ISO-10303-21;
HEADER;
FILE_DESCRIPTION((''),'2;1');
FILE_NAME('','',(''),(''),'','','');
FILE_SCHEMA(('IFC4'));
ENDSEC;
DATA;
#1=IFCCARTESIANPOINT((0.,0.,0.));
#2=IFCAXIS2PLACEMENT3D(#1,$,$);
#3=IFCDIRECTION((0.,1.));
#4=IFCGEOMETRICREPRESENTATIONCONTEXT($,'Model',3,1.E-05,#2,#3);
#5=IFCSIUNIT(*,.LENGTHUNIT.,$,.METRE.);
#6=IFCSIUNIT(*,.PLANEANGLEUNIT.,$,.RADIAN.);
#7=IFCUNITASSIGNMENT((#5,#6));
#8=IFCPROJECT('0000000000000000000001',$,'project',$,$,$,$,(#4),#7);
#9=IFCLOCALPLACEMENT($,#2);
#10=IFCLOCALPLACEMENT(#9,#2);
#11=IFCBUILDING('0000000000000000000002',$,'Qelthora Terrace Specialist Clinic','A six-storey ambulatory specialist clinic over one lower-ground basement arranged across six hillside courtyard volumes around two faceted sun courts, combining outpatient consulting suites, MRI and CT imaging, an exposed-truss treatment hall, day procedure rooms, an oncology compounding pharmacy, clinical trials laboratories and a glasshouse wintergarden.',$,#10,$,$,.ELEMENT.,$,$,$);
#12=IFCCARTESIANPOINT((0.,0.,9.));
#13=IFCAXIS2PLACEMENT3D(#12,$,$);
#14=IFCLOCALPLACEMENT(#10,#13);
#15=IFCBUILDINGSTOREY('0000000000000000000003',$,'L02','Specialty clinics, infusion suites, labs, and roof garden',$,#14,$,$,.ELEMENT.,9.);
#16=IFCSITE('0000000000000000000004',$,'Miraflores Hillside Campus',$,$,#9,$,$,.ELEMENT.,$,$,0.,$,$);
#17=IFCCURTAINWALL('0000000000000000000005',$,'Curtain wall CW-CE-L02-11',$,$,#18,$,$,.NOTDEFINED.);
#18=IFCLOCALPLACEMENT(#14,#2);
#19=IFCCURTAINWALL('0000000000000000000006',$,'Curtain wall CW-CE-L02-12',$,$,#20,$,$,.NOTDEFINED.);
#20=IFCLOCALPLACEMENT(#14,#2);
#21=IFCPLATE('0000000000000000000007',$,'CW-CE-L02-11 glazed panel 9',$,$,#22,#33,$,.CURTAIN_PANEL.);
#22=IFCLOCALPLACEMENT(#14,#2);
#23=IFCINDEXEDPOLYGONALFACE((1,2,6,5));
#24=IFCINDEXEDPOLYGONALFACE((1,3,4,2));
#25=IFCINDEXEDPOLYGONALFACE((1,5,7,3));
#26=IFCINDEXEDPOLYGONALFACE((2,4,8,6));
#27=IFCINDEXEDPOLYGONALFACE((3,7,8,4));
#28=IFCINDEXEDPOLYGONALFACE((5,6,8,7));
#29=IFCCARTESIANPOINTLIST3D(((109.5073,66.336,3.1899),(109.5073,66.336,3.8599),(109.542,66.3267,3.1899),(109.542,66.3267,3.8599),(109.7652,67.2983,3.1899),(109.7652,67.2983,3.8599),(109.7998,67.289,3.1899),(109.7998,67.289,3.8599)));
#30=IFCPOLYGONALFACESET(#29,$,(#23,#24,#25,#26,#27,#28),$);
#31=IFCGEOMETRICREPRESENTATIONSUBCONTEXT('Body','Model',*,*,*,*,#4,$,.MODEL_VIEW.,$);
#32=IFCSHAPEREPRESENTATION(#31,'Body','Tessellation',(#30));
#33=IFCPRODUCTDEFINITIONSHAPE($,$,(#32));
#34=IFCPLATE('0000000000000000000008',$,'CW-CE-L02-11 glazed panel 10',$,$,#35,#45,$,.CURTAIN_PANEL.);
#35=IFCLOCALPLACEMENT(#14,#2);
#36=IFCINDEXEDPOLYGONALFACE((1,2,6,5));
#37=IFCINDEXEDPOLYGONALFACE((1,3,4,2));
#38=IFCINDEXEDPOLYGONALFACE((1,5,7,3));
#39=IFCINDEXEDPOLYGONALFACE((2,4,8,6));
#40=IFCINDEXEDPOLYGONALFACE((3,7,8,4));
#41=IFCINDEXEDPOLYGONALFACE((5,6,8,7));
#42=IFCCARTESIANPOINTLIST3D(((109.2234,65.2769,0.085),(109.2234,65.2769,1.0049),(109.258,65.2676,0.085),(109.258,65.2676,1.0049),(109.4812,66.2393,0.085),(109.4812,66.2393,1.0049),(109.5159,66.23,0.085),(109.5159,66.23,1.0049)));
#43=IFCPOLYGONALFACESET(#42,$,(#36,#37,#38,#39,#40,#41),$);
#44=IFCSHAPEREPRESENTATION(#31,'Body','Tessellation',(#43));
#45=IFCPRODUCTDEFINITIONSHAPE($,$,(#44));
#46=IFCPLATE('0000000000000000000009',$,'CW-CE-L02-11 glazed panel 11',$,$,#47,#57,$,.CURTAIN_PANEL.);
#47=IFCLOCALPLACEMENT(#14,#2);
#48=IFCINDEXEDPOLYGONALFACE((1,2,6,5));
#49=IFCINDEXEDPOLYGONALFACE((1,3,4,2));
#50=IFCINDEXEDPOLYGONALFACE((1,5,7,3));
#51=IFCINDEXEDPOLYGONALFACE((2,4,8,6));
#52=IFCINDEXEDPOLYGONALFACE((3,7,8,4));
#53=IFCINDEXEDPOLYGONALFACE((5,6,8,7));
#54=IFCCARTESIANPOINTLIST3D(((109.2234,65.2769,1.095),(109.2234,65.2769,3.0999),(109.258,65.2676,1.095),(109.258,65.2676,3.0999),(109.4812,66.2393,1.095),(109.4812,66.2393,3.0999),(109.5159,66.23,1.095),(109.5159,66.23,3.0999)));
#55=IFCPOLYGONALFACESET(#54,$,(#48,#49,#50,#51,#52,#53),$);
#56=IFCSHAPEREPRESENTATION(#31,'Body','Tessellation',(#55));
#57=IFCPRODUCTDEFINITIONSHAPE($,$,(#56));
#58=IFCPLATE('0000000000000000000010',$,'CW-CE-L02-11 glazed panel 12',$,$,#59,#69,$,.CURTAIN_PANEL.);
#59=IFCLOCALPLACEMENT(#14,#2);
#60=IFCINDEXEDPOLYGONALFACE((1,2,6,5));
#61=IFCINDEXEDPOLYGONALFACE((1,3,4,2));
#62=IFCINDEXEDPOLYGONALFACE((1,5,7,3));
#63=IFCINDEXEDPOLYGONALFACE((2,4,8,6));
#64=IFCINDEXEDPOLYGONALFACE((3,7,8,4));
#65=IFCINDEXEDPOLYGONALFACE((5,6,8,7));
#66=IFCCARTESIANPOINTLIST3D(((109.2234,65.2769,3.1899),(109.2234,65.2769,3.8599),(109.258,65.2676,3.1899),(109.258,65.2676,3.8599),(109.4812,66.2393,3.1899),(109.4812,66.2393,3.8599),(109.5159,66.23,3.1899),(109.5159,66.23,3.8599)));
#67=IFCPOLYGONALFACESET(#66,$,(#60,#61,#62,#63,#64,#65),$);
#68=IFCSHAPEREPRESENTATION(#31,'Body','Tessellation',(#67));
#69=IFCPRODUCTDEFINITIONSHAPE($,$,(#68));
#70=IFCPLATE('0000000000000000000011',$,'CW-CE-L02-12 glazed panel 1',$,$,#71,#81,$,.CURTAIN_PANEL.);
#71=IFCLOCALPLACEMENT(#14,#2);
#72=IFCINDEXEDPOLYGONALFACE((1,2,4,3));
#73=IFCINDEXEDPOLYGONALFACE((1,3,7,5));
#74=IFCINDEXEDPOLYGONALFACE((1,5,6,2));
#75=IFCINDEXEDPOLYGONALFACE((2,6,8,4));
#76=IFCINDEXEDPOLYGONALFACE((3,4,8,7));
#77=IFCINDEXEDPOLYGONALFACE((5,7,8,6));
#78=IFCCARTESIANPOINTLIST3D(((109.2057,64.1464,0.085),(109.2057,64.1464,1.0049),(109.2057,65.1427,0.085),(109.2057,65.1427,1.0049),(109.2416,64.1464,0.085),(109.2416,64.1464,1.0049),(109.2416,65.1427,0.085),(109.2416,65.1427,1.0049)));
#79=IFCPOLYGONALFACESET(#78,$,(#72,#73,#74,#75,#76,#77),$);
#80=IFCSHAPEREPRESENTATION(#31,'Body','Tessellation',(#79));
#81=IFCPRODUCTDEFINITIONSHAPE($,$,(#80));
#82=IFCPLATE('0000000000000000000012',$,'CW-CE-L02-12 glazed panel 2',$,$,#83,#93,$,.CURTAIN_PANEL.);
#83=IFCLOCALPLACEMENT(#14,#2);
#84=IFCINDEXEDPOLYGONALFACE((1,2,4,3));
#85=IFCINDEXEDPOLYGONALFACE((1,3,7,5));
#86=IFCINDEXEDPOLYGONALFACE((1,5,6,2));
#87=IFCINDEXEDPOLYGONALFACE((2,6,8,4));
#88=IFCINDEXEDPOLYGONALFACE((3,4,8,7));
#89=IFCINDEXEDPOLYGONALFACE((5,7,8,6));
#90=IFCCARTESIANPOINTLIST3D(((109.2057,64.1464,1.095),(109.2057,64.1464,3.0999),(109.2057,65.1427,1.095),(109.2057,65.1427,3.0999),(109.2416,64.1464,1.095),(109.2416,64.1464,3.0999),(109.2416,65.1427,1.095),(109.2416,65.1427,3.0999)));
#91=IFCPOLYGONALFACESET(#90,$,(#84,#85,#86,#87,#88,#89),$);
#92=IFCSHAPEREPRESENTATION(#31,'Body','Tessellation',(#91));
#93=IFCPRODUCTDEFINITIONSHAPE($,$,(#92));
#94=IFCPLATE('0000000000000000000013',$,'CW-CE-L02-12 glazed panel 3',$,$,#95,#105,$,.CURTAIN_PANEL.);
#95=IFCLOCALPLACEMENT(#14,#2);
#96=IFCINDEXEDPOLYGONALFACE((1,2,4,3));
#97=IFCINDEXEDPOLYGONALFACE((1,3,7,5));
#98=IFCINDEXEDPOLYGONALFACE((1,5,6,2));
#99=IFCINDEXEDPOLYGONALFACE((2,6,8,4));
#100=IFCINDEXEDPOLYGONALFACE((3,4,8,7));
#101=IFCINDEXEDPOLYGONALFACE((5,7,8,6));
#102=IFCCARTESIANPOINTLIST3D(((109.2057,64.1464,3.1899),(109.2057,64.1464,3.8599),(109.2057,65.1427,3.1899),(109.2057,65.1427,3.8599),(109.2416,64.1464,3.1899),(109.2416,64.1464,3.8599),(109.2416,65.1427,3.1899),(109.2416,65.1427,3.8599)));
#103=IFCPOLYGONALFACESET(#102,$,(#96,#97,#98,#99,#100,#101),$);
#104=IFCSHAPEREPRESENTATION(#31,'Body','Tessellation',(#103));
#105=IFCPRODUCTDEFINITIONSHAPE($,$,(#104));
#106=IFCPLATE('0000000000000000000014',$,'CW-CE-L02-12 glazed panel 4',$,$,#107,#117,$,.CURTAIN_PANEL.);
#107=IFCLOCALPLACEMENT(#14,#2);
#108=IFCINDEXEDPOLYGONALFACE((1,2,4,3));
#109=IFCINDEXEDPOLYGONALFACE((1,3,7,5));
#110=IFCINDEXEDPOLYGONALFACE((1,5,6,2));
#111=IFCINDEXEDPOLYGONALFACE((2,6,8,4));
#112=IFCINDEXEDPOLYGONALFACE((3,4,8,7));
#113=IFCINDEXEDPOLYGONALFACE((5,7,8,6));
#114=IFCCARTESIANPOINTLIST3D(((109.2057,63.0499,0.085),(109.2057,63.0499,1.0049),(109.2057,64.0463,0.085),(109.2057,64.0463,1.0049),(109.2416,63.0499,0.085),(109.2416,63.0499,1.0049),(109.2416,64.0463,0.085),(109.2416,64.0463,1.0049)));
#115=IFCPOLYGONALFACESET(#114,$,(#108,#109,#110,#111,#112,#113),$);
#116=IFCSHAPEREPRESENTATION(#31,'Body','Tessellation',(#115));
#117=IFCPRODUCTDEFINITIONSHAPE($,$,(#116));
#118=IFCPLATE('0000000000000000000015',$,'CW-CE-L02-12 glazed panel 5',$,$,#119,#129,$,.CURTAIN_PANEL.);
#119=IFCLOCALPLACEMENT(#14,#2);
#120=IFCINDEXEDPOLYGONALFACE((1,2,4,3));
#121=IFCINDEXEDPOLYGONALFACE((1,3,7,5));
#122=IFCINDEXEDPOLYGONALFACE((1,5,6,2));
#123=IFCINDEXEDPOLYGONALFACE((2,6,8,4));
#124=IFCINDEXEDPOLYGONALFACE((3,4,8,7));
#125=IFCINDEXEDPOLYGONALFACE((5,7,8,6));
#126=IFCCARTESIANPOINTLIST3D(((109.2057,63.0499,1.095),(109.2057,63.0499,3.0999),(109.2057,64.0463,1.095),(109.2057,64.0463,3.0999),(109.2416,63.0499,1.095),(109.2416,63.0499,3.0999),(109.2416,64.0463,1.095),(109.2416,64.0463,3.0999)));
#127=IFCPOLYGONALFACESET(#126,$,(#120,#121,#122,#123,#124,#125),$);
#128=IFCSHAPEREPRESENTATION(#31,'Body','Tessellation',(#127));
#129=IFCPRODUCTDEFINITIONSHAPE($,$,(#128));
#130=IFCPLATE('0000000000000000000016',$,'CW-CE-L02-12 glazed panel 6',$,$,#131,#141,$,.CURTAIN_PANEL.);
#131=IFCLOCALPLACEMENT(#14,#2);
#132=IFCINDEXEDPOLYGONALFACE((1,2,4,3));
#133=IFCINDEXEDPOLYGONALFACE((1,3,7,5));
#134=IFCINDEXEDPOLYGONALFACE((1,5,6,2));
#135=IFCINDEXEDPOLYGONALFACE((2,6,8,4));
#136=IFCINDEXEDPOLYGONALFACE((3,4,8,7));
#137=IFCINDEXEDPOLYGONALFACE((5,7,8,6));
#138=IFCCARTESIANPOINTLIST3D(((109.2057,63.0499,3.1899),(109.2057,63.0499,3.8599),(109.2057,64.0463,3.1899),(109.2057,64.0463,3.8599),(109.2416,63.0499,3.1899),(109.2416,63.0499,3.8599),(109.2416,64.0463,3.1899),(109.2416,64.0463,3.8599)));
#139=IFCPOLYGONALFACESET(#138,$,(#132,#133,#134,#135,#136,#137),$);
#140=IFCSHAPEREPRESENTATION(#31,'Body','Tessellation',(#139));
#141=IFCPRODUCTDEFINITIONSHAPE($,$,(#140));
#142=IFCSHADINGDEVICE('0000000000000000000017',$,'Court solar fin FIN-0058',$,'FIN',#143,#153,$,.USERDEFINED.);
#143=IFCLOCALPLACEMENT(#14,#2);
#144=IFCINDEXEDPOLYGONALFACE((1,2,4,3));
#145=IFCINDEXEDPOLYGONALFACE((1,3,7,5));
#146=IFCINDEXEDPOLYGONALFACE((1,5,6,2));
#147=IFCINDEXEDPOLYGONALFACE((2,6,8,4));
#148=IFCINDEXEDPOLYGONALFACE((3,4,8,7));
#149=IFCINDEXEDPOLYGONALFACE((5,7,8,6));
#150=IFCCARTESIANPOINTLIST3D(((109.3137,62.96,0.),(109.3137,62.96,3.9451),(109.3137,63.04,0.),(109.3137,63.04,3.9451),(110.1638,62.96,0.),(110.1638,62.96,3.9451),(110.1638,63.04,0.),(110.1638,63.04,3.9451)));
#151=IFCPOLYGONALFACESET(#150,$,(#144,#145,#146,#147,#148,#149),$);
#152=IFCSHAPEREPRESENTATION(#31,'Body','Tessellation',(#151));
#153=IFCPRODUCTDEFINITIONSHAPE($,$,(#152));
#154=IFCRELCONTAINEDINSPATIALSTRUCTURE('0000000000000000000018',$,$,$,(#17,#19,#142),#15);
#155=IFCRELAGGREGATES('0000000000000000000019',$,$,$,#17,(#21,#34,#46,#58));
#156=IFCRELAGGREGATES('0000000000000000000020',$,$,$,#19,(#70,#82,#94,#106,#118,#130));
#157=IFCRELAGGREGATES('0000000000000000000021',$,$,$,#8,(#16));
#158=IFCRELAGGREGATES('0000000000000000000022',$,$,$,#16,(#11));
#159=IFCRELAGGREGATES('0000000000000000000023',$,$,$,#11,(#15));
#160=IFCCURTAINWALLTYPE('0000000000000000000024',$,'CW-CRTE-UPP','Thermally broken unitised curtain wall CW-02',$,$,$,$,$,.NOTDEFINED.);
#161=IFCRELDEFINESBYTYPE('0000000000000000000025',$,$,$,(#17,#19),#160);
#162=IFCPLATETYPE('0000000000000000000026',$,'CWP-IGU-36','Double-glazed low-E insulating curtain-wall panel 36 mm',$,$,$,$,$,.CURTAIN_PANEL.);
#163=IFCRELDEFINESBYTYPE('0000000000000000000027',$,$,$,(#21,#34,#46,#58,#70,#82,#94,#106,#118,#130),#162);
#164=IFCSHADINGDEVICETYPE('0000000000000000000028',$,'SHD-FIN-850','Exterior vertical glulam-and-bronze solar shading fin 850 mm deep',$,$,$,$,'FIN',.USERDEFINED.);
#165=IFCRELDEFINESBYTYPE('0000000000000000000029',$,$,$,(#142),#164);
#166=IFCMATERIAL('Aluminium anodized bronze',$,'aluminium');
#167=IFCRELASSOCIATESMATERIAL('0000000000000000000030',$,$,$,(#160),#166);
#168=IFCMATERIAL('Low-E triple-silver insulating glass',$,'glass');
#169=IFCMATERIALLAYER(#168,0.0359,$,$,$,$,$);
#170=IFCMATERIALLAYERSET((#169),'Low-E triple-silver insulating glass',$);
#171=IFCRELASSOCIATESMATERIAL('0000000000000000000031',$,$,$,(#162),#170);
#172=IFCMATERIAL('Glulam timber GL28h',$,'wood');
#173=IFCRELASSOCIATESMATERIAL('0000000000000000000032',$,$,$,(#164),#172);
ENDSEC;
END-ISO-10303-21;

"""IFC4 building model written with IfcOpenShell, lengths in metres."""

from ifc_helpers import new_model, si_unit, direction, frame, origin, origin_2d, place, context, subcontext, project, spatial, rectangle, extrude, material, layer, layer_set, type_object, element, aggregate, save


model = new_model("IFC4")

# Units and contexts
model_context = context("Model", 3, precision=1e-05, world=origin(), true_north=direction((0.0, 1.0)))
body_context = subcontext(model_context, "Body", "Model", "MODEL_VIEW")
ifc_project = project(units=[si_unit("LENGTHUNIT", "METRE"), si_unit("PLANEANGLEUNIT", "RADIAN")], contexts=[model_context])

# Site, building, storey
site_placement = place(None, origin())
site = spatial("IfcSite", under=ifc_project, at=site_placement, Name="Miraflores Hillside Campus", CompositionType="ELEMENT", RefElevation=0.0)
building_placement = place(site_placement, origin())
building = spatial("IfcBuilding", under=site, at=building_placement, Name="Qelthora Terrace Specialist Clinic", Description="A six-storey ambulatory specialist clinic over one lower-ground basement arranged across six hillside courtyard volumes around two faceted sun courts, combining outpatient consulting suites, MRI and CT imaging, an exposed-truss treatment hall, day procedure rooms, an oncology compounding pharmacy, clinical trials laboratories and a glasshouse wintergarden.", CompositionType="ELEMENT")
storey_placement = place(building_placement, frame((0.0, 0.0, 9.0)))
storey = spatial("IfcBuildingStorey", under=building, at=storey_placement, Name="L02", Description="Specialty clinics, infusion suites, labs, and roof garden", CompositionType="ELEMENT", Elevation=9.0)

# Curtain walls
ifc_material_1 = material(Name="Aluminium anodized bronze", Category="aluminium")
curtain_wall_type = type_object("IfcCurtainWallType", Name="CW-CRTE-UPP", Description="Thermally broken unitised curtain wall CW-02", PredefinedType="NOTDEFINED", material=ifc_material_1)
curtain_wall_1_placement = place(storey_placement, origin())
curtain_wall_1 = element("IfcCurtainWall", 1, at=curtain_wall_1_placement, inside=storey, type_object=curtain_wall_type, Name="Curtain wall CW-CE-L02-11", PredefinedType="NOTDEFINED")
curtain_wall_2_placement = place(storey_placement, origin())
curtain_wall_2 = element("IfcCurtainWall", 2, at=curtain_wall_2_placement, inside=storey, type_object=curtain_wall_type, Name="Curtain wall CW-CE-L02-12", PredefinedType="NOTDEFINED")

# Plates
ifc_material_2 = material(Name="Low-E triple-silver insulating glass", Category="glass")
ifc_layer = layer(ifc_material_2, 0.0359)
ifc_layer_set = layer_set([ifc_layer], Name="Low-E triple-silver insulating glass")
plate_type = type_object("IfcPlateType", Name="CWP-IGU-36", Description="Double-glazed low-E insulating curtain-wall panel 36 mm", PredefinedType="CURTAIN_PANEL", material=ifc_layer_set)
plate_1_placement = place(storey_placement, frame((109.6536, 66.8125, 3.1899), z_axis=(0.0, 0.0, 1.0), x_axis=(-0.258819, -0.965926, 0.0)))
plate_1 = element("IfcPlate", 3, at=plate_1_placement, type_object=plate_type, Name="CW-CE-L02-11 glazed panel 9", PredefinedType="CURTAIN_PANEL", context=body_context, shape_type="SweptSolid", body=[
    extrude(rectangle(XDim=0.9963, YDim=0.0359, at=origin_2d()), origin(), (0.0, 0.0, 1.0), 0.6699),
])
plate_2_placement = place(storey_placement, frame((109.3696, 65.7534, 0.085), z_axis=(0.0, 0.0, 1.0), x_axis=(-0.258819, -0.965926, 0.0)))
plate_2 = element("IfcPlate", 4, at=plate_2_placement, type_object=plate_type, Name="CW-CE-L02-11 glazed panel 10", PredefinedType="CURTAIN_PANEL", context=body_context, shape_type="SweptSolid", body=[
    extrude(rectangle(XDim=0.9963, YDim=0.0359, at=origin_2d()), origin(), (0.0, 0.0, 1.0), 0.9199),
])
plate_3_placement = place(storey_placement, frame((109.3696, 65.7534, 1.095), z_axis=(0.0, 0.0, 1.0), x_axis=(-0.258819, -0.965926, 0.0)))
plate_3 = element("IfcPlate", 5, at=plate_3_placement, type_object=plate_type, Name="CW-CE-L02-11 glazed panel 11", PredefinedType="CURTAIN_PANEL", context=body_context, shape_type="SweptSolid", body=[
    extrude(rectangle(XDim=0.9963, YDim=0.0359, at=origin_2d()), origin(), (0.0, 0.0, 1.0), 2.0049),
])
plate_4_placement = place(storey_placement, frame((109.3696, 65.7534, 3.1899), z_axis=(0.0, 0.0, 1.0), x_axis=(-0.258819, -0.965926, 0.0)))
plate_4 = element("IfcPlate", 6, at=plate_4_placement, type_object=plate_type, Name="CW-CE-L02-11 glazed panel 12", PredefinedType="CURTAIN_PANEL", context=body_context, shape_type="SweptSolid", body=[
    extrude(rectangle(XDim=0.9963, YDim=0.0359, at=origin_2d()), origin(), (0.0, 0.0, 1.0), 0.6699),
])
aggregate(curtain_wall_1, [plate_1, plate_2, plate_3, plate_4])
plate_5_placement = place(storey_placement, frame((109.2236, 64.6445, 0.085), z_axis=(0.0, 0.0, 1.0), x_axis=(0.0, -1.0, 0.0)))
plate_5 = element("IfcPlate", 7, at=plate_5_placement, type_object=plate_type, Name="CW-CE-L02-12 glazed panel 1", PredefinedType="CURTAIN_PANEL", context=body_context, shape_type="SweptSolid", body=[
    extrude(rectangle(XDim=0.9963, YDim=0.0359, at=origin_2d()), origin(), (0.0, 0.0, 1.0), 0.9199),
])
plate_6_placement = place(storey_placement, frame((109.2236, 64.6445, 1.095), z_axis=(0.0, 0.0, 1.0), x_axis=(0.0, -1.0, 0.0)))
plate_6 = element("IfcPlate", 8, at=plate_6_placement, type_object=plate_type, Name="CW-CE-L02-12 glazed panel 2", PredefinedType="CURTAIN_PANEL", context=body_context, shape_type="SweptSolid", body=[
    extrude(rectangle(XDim=0.9963, YDim=0.0359, at=origin_2d()), origin(), (0.0, 0.0, 1.0), 2.0049),
])
plate_7_placement = place(storey_placement, frame((109.2236, 64.6445, 3.1899), z_axis=(0.0, 0.0, 1.0), x_axis=(0.0, -1.0, 0.0)))
plate_7 = element("IfcPlate", 9, at=plate_7_placement, type_object=plate_type, Name="CW-CE-L02-12 glazed panel 3", PredefinedType="CURTAIN_PANEL", context=body_context, shape_type="SweptSolid", body=[
    extrude(rectangle(XDim=0.9963, YDim=0.0359, at=origin_2d()), origin(), (0.0, 0.0, 1.0), 0.6699),
])
plate_8_placement = place(storey_placement, frame((109.2236, 63.5481, 0.085), z_axis=(0.0, 0.0, 1.0), x_axis=(0.0, -1.0, 0.0)))
plate_8 = element("IfcPlate", 10, at=plate_8_placement, type_object=plate_type, Name="CW-CE-L02-12 glazed panel 4", PredefinedType="CURTAIN_PANEL", context=body_context, shape_type="SweptSolid", body=[
    extrude(rectangle(XDim=0.9963, YDim=0.0359, at=origin_2d()), origin(), (0.0, 0.0, 1.0), 0.9199),
])
plate_9_placement = place(storey_placement, frame((109.2236, 63.5481, 1.095), z_axis=(0.0, 0.0, 1.0), x_axis=(0.0, -1.0, 0.0)))
plate_9 = element("IfcPlate", 11, at=plate_9_placement, type_object=plate_type, Name="CW-CE-L02-12 glazed panel 5", PredefinedType="CURTAIN_PANEL", context=body_context, shape_type="SweptSolid", body=[
    extrude(rectangle(XDim=0.9963, YDim=0.0359, at=origin_2d()), origin(), (0.0, 0.0, 1.0), 2.0049),
])
plate_10_placement = place(storey_placement, frame((109.2236, 63.5481, 3.1899), z_axis=(0.0, 0.0, 1.0), x_axis=(0.0, -1.0, 0.0)))
plate_10 = element("IfcPlate", 12, at=plate_10_placement, type_object=plate_type, Name="CW-CE-L02-12 glazed panel 6", PredefinedType="CURTAIN_PANEL", context=body_context, shape_type="SweptSolid", body=[
    extrude(rectangle(XDim=0.9963, YDim=0.0359, at=origin_2d()), origin(), (0.0, 0.0, 1.0), 0.6699),
])
aggregate(curtain_wall_2, [plate_5, plate_6, plate_7, plate_8, plate_9, plate_10])

# Shading device
ifc_material_3 = material(Name="Glulam timber GL28h", Category="wood")
shading_device_type = type_object("IfcShadingDeviceType", Name="SHD-FIN-850", Description="Exterior vertical glulam-and-bronze solar shading fin 850 mm deep", ElementType="FIN", PredefinedType="USERDEFINED", material=ifc_material_3)
shading_device_placement = place(storey_placement, frame((109.7388, 63.0, 0.0), z_axis=(0.0, 0.0, 1.0), x_axis=(1.0, 0.0, 0.0)))
element("IfcShadingDevice", 13, at=shading_device_placement, inside=storey, type_object=shading_device_type, Name="Court solar fin FIN-0058", ObjectType="FIN", PredefinedType="USERDEFINED", context=body_context, shape_type="SweptSolid", body=[
    extrude(rectangle(XDim=0.8501, YDim=0.0801, at=origin_2d()), origin(), (0.0, 0.0, 1.0), 3.9451),
])

save(model, "model.ifc")
